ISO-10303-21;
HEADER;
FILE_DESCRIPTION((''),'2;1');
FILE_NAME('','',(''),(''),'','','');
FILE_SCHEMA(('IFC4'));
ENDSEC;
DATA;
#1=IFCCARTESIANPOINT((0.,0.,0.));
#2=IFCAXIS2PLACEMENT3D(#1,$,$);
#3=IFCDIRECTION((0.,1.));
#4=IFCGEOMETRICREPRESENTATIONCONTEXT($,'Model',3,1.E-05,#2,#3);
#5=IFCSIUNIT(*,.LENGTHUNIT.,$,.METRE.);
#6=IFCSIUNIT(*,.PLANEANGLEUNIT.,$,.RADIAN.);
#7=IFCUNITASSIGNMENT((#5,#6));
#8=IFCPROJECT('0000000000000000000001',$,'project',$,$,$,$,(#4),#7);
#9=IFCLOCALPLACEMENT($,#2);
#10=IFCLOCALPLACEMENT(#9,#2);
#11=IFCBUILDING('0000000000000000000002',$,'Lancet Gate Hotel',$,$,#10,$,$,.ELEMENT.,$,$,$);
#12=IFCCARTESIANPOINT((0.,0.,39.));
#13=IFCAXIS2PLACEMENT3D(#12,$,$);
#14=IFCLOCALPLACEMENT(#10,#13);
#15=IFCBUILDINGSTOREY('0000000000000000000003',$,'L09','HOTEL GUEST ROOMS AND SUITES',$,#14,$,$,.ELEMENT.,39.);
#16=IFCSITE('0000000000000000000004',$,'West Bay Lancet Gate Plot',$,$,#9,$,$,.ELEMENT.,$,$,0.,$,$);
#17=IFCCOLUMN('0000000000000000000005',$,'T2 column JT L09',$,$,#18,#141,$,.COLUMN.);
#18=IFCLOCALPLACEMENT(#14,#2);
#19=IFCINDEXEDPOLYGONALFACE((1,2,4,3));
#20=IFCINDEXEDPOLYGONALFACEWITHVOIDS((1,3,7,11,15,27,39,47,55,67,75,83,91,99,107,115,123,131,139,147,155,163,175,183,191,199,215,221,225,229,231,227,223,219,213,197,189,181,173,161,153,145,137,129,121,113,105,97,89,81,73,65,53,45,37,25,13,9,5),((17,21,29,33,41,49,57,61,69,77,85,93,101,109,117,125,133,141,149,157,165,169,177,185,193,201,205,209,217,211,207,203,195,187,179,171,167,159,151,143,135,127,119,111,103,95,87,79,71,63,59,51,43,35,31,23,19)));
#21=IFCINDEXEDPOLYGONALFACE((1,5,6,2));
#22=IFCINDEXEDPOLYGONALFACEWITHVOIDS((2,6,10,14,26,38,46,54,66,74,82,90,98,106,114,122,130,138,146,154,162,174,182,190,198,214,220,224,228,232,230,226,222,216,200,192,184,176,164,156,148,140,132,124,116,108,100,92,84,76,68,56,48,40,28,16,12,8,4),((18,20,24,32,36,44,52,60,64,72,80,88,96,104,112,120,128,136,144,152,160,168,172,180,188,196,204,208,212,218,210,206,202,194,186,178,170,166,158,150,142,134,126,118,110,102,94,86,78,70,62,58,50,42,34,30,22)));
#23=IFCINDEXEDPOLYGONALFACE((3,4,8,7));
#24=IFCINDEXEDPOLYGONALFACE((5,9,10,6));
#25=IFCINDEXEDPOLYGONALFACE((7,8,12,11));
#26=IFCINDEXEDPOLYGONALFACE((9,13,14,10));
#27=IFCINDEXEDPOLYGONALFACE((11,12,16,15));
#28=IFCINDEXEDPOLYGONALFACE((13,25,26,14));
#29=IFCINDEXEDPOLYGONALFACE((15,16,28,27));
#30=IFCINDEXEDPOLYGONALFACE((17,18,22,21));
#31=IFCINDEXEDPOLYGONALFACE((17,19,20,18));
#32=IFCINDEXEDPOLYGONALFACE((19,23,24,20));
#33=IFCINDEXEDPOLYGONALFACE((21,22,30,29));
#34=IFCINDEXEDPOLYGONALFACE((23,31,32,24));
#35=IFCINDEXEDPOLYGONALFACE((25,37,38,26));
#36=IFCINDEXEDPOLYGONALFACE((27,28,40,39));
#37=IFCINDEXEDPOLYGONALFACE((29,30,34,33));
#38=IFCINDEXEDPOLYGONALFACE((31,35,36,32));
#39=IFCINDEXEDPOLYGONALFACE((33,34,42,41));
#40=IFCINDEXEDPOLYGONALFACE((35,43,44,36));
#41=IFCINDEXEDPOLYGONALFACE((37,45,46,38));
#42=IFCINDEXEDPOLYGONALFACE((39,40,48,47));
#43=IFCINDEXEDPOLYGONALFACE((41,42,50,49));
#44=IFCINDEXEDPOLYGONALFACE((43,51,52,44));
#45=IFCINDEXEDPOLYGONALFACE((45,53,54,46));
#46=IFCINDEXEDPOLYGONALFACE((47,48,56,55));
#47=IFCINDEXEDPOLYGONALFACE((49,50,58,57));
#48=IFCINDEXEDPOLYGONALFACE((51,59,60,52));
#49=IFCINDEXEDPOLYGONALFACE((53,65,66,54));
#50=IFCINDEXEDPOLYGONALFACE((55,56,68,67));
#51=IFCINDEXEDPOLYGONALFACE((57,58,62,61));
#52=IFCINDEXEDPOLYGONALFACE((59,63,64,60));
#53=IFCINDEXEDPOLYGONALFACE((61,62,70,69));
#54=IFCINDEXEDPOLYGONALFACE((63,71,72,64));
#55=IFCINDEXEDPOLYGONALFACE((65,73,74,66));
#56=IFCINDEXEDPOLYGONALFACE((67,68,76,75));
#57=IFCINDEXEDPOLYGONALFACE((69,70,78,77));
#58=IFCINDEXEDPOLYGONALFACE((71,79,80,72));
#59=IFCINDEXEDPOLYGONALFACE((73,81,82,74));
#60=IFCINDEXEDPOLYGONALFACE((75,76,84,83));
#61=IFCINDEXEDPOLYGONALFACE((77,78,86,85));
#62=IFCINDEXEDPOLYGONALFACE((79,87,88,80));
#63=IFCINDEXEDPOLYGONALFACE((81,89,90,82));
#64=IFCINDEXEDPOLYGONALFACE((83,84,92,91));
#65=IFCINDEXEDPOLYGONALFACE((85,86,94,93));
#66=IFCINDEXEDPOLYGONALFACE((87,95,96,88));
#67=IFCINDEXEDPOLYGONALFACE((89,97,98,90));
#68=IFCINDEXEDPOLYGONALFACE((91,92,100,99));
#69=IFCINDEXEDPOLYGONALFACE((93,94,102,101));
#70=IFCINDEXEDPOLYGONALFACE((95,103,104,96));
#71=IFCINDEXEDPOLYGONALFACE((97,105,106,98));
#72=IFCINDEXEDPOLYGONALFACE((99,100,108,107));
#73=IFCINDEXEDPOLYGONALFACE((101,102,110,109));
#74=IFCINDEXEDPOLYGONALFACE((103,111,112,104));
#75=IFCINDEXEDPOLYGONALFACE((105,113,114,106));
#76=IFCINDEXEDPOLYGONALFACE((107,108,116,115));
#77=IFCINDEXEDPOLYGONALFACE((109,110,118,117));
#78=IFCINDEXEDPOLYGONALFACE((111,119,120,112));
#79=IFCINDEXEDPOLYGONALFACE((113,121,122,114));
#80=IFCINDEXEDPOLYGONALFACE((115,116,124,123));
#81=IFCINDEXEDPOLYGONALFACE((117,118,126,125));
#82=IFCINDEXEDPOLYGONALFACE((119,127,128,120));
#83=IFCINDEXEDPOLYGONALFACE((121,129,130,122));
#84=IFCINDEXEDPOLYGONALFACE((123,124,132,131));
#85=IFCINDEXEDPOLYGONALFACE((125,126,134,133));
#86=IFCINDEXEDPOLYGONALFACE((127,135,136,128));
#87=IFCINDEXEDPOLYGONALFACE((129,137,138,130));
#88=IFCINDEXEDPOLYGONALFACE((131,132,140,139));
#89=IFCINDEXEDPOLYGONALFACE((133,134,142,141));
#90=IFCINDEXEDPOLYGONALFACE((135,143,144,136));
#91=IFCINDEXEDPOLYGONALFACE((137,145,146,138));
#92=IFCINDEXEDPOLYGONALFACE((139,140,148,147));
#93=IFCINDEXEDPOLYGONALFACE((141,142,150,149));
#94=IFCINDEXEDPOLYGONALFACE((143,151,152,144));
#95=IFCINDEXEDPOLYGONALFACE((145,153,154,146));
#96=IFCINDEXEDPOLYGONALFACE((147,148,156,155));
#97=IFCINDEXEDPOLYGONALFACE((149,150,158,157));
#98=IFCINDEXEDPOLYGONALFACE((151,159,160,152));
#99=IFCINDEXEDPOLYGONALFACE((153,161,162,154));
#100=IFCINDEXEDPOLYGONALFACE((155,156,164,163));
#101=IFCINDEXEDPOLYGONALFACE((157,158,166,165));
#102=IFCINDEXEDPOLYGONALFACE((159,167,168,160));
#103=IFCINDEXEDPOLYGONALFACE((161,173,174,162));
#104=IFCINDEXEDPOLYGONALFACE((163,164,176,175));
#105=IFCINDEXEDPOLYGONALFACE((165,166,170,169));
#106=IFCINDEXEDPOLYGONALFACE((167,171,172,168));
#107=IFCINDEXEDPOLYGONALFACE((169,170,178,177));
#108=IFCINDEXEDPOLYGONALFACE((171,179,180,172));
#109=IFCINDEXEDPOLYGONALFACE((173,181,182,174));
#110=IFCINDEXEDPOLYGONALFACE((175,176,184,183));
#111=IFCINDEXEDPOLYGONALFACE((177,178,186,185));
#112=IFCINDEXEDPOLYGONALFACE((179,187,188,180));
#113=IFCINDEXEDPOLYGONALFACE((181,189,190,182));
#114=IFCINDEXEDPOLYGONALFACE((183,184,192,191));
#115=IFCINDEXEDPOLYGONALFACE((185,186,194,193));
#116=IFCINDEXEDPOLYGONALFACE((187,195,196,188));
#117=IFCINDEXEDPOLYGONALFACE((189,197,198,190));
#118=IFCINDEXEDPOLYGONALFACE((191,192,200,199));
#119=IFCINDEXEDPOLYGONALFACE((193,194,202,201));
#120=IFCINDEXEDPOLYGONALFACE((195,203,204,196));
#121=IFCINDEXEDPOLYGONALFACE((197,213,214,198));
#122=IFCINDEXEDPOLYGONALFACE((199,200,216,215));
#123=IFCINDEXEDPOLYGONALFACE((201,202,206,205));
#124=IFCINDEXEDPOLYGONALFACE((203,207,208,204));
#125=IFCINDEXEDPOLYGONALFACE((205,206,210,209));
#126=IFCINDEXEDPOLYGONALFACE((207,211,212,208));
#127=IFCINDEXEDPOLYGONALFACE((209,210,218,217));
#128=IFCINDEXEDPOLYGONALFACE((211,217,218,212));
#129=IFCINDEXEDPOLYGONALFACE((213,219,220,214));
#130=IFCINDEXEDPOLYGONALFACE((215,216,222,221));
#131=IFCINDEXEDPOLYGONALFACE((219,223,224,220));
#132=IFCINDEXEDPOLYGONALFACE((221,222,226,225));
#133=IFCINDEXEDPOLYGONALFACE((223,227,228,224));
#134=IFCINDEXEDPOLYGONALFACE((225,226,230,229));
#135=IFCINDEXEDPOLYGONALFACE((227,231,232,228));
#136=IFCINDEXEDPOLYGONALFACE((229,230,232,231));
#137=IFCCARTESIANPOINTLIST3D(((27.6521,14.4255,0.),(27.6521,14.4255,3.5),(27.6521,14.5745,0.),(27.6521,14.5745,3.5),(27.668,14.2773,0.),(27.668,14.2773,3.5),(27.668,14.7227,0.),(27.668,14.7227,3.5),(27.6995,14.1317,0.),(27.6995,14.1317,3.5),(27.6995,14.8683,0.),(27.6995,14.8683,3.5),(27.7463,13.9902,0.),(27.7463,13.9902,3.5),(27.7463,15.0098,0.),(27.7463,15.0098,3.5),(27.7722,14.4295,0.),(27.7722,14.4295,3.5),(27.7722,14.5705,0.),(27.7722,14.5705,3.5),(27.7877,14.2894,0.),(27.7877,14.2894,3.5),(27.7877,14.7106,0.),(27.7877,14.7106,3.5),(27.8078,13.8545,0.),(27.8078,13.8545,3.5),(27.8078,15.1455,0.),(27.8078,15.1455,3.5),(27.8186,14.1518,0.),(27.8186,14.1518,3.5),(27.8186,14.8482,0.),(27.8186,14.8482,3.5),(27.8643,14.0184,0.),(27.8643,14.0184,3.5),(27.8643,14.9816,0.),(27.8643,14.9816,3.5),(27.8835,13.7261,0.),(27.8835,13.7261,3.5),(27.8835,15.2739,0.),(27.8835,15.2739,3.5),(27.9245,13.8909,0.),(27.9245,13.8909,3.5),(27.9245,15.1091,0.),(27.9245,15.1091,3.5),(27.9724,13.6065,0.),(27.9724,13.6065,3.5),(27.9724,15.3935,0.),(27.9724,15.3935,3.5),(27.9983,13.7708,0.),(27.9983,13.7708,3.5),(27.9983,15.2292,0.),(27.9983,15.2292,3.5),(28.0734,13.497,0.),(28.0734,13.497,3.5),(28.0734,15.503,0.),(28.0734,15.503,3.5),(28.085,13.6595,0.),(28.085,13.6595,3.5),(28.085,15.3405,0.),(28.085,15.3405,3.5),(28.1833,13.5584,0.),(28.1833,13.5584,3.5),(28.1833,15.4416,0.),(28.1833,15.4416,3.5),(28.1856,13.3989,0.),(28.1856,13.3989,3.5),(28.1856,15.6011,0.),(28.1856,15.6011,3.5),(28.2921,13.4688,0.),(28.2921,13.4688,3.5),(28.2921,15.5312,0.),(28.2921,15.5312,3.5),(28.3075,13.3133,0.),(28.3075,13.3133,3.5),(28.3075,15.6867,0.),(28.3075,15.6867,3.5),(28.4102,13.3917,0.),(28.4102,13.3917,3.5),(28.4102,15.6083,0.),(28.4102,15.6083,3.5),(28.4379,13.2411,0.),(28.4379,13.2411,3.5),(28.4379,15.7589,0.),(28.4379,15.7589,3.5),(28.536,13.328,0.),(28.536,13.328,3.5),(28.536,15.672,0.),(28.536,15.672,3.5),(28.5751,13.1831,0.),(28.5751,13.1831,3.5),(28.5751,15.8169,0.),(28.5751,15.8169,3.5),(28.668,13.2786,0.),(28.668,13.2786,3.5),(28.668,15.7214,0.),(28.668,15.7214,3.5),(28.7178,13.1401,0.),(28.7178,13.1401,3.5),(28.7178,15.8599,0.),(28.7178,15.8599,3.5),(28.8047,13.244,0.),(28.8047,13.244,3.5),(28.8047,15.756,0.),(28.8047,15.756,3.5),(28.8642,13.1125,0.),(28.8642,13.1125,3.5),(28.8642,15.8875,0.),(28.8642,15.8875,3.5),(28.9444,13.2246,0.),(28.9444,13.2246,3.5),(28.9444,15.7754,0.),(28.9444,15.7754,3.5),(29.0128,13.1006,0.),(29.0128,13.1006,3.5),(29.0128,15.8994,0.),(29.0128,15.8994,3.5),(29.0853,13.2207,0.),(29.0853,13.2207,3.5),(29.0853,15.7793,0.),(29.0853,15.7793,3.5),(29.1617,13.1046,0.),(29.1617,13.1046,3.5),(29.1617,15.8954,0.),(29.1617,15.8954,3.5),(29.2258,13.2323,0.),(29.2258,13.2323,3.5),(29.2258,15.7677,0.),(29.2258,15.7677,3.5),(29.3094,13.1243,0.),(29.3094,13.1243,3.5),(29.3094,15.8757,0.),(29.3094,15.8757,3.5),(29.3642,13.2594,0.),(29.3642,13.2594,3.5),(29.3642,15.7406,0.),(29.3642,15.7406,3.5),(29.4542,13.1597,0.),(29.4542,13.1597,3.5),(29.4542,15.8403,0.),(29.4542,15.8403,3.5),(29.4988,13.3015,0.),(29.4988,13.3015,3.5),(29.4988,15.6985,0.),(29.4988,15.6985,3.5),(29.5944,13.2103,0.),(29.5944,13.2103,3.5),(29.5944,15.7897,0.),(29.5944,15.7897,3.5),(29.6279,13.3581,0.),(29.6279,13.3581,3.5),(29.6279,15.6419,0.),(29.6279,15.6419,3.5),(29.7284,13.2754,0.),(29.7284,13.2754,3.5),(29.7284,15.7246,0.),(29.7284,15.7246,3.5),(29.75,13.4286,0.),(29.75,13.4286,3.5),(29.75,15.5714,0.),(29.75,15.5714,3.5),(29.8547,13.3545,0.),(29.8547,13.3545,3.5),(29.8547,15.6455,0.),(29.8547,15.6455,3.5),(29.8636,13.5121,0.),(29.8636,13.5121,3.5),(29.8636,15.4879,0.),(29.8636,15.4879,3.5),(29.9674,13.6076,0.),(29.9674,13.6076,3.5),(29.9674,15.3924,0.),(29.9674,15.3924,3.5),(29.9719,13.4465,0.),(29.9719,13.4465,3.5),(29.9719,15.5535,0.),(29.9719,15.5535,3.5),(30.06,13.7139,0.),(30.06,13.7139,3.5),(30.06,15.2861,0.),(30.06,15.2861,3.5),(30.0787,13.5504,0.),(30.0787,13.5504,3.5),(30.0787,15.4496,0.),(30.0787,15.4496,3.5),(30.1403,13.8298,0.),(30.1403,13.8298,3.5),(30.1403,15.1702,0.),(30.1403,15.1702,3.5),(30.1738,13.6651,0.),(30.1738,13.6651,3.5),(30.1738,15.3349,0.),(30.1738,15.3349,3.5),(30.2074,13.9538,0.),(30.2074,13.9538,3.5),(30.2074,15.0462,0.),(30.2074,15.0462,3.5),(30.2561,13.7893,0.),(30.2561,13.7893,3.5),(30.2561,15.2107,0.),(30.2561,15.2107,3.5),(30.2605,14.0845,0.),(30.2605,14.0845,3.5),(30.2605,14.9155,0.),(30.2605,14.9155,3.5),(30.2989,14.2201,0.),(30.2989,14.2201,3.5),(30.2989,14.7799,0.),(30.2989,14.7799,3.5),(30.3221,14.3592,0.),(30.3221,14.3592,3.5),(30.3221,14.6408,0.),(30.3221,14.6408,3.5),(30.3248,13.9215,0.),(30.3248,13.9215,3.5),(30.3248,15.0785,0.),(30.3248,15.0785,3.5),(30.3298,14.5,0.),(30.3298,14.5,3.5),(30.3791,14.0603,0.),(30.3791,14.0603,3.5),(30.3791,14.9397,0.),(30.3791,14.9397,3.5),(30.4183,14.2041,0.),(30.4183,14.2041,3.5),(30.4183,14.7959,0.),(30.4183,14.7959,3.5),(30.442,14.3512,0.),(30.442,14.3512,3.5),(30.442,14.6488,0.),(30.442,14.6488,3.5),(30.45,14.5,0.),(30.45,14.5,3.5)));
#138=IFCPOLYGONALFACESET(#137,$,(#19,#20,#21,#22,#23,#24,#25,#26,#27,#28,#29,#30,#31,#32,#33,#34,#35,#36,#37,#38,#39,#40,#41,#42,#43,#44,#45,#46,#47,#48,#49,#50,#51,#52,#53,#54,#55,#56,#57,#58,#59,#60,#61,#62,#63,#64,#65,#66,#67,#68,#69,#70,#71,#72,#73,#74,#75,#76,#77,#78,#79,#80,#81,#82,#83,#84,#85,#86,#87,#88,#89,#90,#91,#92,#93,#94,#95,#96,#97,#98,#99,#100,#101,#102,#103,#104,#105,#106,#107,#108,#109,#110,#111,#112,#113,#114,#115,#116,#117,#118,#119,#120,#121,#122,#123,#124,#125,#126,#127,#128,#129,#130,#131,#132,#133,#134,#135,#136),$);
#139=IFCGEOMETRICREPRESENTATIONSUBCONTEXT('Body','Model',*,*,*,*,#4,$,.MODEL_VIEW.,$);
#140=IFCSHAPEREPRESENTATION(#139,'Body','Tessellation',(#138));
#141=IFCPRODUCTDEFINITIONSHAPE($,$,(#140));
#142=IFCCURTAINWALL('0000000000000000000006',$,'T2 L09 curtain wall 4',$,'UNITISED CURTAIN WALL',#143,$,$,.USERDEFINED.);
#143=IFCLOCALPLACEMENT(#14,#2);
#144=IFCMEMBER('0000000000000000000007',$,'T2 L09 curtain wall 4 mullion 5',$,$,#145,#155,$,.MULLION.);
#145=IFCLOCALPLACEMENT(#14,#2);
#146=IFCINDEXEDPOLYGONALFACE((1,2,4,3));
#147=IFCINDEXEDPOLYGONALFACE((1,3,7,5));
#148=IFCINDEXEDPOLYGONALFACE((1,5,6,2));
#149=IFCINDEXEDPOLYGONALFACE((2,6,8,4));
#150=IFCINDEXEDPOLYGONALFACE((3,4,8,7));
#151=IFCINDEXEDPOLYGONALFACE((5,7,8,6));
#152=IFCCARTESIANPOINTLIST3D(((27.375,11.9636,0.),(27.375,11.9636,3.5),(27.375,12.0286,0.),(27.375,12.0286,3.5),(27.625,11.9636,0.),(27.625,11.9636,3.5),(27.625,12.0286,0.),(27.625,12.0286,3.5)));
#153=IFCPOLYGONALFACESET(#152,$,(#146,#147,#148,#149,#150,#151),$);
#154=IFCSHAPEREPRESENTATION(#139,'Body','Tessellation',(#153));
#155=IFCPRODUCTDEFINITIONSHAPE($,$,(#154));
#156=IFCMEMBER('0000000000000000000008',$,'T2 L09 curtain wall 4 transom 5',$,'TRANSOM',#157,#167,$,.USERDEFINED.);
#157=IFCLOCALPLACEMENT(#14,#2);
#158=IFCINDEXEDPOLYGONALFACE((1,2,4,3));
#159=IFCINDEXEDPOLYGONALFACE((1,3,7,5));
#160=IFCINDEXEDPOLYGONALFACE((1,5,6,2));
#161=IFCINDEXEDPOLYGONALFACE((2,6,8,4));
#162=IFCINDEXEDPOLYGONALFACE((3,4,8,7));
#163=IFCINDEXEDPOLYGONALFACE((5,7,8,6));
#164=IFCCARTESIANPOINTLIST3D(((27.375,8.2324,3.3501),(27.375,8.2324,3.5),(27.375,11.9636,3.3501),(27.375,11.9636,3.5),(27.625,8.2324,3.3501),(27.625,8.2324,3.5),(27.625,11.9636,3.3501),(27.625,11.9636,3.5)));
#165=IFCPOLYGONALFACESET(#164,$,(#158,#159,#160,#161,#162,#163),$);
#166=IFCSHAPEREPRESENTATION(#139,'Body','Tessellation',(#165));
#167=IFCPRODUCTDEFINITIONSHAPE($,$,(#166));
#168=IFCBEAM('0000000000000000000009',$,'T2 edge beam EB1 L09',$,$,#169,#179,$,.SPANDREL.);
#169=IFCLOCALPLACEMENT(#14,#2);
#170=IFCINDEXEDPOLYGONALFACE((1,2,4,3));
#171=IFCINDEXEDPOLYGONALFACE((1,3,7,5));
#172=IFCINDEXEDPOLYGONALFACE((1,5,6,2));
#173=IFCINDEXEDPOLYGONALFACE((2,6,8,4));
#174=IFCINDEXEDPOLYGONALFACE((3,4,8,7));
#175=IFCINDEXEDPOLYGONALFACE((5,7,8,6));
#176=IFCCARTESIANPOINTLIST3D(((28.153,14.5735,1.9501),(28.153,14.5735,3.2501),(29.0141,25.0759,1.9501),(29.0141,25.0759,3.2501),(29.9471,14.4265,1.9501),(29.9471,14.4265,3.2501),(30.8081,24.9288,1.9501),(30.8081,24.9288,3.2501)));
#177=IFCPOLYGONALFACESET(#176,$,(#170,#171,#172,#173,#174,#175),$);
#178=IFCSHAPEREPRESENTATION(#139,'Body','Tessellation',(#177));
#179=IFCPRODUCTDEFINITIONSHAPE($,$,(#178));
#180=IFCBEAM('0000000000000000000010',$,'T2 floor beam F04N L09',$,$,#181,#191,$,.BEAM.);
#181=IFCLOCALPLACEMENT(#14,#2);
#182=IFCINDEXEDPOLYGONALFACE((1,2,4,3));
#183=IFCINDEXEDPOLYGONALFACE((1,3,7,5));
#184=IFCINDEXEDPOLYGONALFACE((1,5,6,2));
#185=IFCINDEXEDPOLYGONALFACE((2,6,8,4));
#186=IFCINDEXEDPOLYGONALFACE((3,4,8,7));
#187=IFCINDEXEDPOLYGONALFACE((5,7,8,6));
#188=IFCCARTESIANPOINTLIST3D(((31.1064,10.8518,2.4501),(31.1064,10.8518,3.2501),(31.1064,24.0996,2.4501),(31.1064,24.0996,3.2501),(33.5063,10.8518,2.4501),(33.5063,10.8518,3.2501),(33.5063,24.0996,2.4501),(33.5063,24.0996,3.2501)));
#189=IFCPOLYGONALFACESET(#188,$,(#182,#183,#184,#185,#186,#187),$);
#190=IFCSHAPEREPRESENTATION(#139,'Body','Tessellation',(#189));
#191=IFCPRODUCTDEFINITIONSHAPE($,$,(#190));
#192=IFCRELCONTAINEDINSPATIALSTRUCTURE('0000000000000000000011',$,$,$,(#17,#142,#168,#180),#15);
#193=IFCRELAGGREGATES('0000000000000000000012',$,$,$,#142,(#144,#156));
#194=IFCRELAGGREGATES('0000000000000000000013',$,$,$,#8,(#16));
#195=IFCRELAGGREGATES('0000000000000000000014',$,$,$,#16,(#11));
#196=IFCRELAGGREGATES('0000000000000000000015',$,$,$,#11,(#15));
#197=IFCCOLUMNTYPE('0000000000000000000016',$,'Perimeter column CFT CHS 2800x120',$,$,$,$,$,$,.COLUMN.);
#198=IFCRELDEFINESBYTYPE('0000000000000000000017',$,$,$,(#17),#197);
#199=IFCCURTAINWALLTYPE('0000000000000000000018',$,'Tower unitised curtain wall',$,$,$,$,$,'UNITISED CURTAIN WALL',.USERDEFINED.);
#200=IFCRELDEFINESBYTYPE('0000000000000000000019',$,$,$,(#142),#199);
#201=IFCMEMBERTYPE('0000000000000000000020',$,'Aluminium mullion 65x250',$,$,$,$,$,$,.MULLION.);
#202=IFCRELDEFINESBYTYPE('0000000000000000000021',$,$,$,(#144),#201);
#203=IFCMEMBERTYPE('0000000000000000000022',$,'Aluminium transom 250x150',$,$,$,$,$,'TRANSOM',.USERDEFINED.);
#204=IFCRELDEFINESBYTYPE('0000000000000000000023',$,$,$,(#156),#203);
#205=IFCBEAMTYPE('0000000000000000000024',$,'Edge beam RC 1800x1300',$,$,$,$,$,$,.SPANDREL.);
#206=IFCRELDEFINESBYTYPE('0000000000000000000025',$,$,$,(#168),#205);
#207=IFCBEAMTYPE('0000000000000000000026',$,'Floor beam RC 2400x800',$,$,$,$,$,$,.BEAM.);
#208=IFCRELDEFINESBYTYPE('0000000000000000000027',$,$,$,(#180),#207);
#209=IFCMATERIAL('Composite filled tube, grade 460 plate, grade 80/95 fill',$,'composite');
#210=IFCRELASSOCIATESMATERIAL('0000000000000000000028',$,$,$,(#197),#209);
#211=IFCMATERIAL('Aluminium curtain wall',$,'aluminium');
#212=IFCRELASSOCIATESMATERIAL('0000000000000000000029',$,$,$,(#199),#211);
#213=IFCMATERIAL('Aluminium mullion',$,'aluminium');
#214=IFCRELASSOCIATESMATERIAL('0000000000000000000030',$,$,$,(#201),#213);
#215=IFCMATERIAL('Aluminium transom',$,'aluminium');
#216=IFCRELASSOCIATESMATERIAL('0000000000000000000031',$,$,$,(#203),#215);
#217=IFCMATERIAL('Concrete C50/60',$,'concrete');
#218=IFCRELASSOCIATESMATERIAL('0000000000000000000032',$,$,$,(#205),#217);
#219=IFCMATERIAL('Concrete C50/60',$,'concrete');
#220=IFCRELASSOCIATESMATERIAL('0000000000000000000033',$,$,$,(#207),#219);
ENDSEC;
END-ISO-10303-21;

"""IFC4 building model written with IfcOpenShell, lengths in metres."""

from ifc_helpers import new_model, si_unit, direction, frame, origin, origin_2d, place, context, subcontext, project, spatial, rectangle, hollow_circle, extrude, material, material_profile, profile_set, type_object, element, aggregate, save


model = new_model("IFC4")

# Units and contexts
model_context = context("Model", 3, precision=1e-05, world=origin(), true_north=direction((0.0, 1.0)))
body_context = subcontext(model_context, "Body", "Model", "MODEL_VIEW")
ifc_project = project(units=[si_unit("LENGTHUNIT", "METRE"), si_unit("PLANEANGLEUNIT", "RADIAN")], contexts=[model_context])

# Site, building, storey
site_placement = place(None, origin())
site = spatial("IfcSite", under=ifc_project, at=site_placement, Name="West Bay Lancet Gate Plot", CompositionType="ELEMENT", RefElevation=0.0)
building_placement = place(site_placement, origin())
building = spatial("IfcBuilding", under=site, at=building_placement, Name="Lancet Gate Hotel", CompositionType="ELEMENT")
storey_placement = place(building_placement, frame((0.0, 0.0, 39.0)))
storey = spatial("IfcBuildingStorey", under=building, at=storey_placement, Name="L09", Description="HOTEL GUEST ROOMS AND SUITES", CompositionType="ELEMENT", Elevation=39.0)

# Column
ifc_material_1 = material(Name="Composite filled tube, grade 460 plate, grade 80/95 fill", Category="composite")
ifc_material_profile_1 = material_profile(ifc_material_1, hollow_circle(Radius=1.3999, WallThickness=0.1201, at=origin_2d()), Name="CHS 2800x120")
ifc_profile_set_1 = profile_set([ifc_material_profile_1], Name="Composite filled tube, grade 460 plate, grade 80/95 fill")
column_type = type_object("IfcColumnType", Name="Perimeter column CFT CHS 2800x120", PredefinedType="COLUMN", material=ifc_profile_set_1)
for number, where, z_axis, x_axis, name in (
    (1, (29.05, 14.5, 0.0), (0.0, 0.0, 1.0), (1.0, 0.0, 0.0), "T2 column JT L09"),
):
    element("IfcColumn", number, at=place(storey_placement, frame(where, z_axis=z_axis, x_axis=x_axis)), inside=storey, type_object=column_type, Name=name, PredefinedType="COLUMN", context=body_context, shape_type="SweptSolid", body=[
        extrude(hollow_circle(Radius=1.3999, WallThickness=0.1201, at=origin_2d()), origin(), (0.0, 0.0, 1.0), 3.5),
    ])

# Curtain wall, members
ifc_material_2 = material(Name="Aluminium curtain wall", Category="aluminium")
curtain_wall_type = type_object("IfcCurtainWallType", Name="Tower unitised curtain wall", ElementType="UNITISED CURTAIN WALL", PredefinedType="USERDEFINED", material=ifc_material_2)
curtain_wall_placement = place(storey_placement, origin())
curtain_wall = element("IfcCurtainWall", 2, at=curtain_wall_placement, inside=storey, type_object=curtain_wall_type, Name="T2 L09 curtain wall 4", ObjectType="UNITISED CURTAIN WALL", PredefinedType="USERDEFINED")
ifc_material_3 = material(Name="Aluminium mullion", Category="aluminium")
ifc_material_profile_2 = material_profile(ifc_material_3, rectangle(XDim=0.0649, YDim=0.25, at=origin_2d()), Name="MULLION 65x250")
ifc_profile_set_2 = profile_set([ifc_material_profile_2], Name="Aluminium mullion")
member_type_1 = type_object("IfcMemberType", Name="Aluminium mullion 65x250", PredefinedType="MULLION", material=ifc_profile_set_2)
member_1_placement = place(storey_placement, frame((27.5, 11.9961, 0.0), z_axis=(0.0, 0.0, 1.0), x_axis=(0.0, -1.0, 0.0)))
member_1 = element("IfcMember", 3, at=member_1_placement, type_object=member_type_1, Name="T2 L09 curtain wall 4 mullion 5", PredefinedType="MULLION", context=body_context, shape_type="SweptSolid", body=[
    extrude(rectangle(XDim=0.0649, YDim=0.25, at=origin_2d()), origin(), (0.0, 0.0, 1.0), 3.5),
])
ifc_material_4 = material(Name="Aluminium transom", Category="aluminium")
ifc_material_profile_3 = material_profile(ifc_material_4, rectangle(XDim=0.25, YDim=0.1499, at=origin_2d()), Name="TRANSOM 250x150")
ifc_profile_set_3 = profile_set([ifc_material_profile_3], Name="Aluminium transom")
member_type_2 = type_object("IfcMemberType", Name="Aluminium transom 250x150", ElementType="TRANSOM", PredefinedType="USERDEFINED", material=ifc_profile_set_3)
member_2_placement = place(storey_placement, frame((27.5, 11.9636, 3.425), z_axis=(0.0, -1.0, 0.0), x_axis=(1.0, 0.0, 0.0)))
member_2 = element("IfcMember", 4, at=member_2_placement, type_object=member_type_2, Name="T2 L09 curtain wall 4 transom 5", ObjectType="TRANSOM", PredefinedType="USERDEFINED", context=body_context, shape_type="SweptSolid", body=[
    extrude(rectangle(XDim=0.25, YDim=0.1499, at=origin_2d()), origin(), (0.0, 0.0, 1.0), 3.7312),
])

# Beams
ifc_material_5 = material(Name="Concrete C50/60", Category="concrete")
ifc_material_profile_4 = material_profile(ifc_material_5, rectangle(XDim=1.8, YDim=1.3, at=origin_2d()), Name="RC 1800x1300")
ifc_profile_set_4 = profile_set([ifc_material_profile_4], Name="Concrete C50/60")
beam_type_1 = type_object("IfcBeamType", Name="Edge beam RC 1800x1300", PredefinedType="SPANDREL", material=ifc_profile_set_4)
beam_1_placement = place(storey_placement, frame((29.05, 14.5, 2.6001), z_axis=(0.081715, 0.996656, 0.0), x_axis=(-0.996656, 0.081715, 0.0)))
element("IfcBeam", 5, at=beam_1_placement, inside=storey, type_object=beam_type_1, Name="T2 edge beam EB1 L09", PredefinedType="SPANDREL", context=body_context, shape_type="SweptSolid", body=[
    extrude(rectangle(XDim=1.8, YDim=1.3, at=origin_2d()), origin(), (0.0, 0.0, 1.0), 10.5376),
])
ifc_material_6 = material(Name="Concrete C50/60", Category="concrete")
ifc_material_profile_5 = material_profile(ifc_material_6, rectangle(XDim=2.3999, YDim=0.8, at=origin_2d()), Name="RC 2400x800")
ifc_profile_set_5 = profile_set([ifc_material_profile_5], Name="Concrete C50/60")
beam_type_2 = type_object("IfcBeamType", Name="Floor beam RC 2400x800", PredefinedType="BEAM", material=ifc_profile_set_5)
beam_2_placement = place(storey_placement, frame((32.3064, 10.8518, 2.8501), z_axis=(0.0, 1.0, 0.0), x_axis=(-1.0, 0.0, 0.0)))
element("IfcBeam", 6, at=beam_2_placement, inside=storey, type_object=beam_type_2, Name="T2 floor beam F04N L09", PredefinedType="BEAM", context=body_context, shape_type="SweptSolid", body=[
    extrude(rectangle(XDim=2.3999, YDim=0.8, at=origin_2d()), origin(), (0.0, 0.0, 1.0), 13.2478),
])

aggregate(curtain_wall, [member_1, member_2])

save(model, "model.ifc")
